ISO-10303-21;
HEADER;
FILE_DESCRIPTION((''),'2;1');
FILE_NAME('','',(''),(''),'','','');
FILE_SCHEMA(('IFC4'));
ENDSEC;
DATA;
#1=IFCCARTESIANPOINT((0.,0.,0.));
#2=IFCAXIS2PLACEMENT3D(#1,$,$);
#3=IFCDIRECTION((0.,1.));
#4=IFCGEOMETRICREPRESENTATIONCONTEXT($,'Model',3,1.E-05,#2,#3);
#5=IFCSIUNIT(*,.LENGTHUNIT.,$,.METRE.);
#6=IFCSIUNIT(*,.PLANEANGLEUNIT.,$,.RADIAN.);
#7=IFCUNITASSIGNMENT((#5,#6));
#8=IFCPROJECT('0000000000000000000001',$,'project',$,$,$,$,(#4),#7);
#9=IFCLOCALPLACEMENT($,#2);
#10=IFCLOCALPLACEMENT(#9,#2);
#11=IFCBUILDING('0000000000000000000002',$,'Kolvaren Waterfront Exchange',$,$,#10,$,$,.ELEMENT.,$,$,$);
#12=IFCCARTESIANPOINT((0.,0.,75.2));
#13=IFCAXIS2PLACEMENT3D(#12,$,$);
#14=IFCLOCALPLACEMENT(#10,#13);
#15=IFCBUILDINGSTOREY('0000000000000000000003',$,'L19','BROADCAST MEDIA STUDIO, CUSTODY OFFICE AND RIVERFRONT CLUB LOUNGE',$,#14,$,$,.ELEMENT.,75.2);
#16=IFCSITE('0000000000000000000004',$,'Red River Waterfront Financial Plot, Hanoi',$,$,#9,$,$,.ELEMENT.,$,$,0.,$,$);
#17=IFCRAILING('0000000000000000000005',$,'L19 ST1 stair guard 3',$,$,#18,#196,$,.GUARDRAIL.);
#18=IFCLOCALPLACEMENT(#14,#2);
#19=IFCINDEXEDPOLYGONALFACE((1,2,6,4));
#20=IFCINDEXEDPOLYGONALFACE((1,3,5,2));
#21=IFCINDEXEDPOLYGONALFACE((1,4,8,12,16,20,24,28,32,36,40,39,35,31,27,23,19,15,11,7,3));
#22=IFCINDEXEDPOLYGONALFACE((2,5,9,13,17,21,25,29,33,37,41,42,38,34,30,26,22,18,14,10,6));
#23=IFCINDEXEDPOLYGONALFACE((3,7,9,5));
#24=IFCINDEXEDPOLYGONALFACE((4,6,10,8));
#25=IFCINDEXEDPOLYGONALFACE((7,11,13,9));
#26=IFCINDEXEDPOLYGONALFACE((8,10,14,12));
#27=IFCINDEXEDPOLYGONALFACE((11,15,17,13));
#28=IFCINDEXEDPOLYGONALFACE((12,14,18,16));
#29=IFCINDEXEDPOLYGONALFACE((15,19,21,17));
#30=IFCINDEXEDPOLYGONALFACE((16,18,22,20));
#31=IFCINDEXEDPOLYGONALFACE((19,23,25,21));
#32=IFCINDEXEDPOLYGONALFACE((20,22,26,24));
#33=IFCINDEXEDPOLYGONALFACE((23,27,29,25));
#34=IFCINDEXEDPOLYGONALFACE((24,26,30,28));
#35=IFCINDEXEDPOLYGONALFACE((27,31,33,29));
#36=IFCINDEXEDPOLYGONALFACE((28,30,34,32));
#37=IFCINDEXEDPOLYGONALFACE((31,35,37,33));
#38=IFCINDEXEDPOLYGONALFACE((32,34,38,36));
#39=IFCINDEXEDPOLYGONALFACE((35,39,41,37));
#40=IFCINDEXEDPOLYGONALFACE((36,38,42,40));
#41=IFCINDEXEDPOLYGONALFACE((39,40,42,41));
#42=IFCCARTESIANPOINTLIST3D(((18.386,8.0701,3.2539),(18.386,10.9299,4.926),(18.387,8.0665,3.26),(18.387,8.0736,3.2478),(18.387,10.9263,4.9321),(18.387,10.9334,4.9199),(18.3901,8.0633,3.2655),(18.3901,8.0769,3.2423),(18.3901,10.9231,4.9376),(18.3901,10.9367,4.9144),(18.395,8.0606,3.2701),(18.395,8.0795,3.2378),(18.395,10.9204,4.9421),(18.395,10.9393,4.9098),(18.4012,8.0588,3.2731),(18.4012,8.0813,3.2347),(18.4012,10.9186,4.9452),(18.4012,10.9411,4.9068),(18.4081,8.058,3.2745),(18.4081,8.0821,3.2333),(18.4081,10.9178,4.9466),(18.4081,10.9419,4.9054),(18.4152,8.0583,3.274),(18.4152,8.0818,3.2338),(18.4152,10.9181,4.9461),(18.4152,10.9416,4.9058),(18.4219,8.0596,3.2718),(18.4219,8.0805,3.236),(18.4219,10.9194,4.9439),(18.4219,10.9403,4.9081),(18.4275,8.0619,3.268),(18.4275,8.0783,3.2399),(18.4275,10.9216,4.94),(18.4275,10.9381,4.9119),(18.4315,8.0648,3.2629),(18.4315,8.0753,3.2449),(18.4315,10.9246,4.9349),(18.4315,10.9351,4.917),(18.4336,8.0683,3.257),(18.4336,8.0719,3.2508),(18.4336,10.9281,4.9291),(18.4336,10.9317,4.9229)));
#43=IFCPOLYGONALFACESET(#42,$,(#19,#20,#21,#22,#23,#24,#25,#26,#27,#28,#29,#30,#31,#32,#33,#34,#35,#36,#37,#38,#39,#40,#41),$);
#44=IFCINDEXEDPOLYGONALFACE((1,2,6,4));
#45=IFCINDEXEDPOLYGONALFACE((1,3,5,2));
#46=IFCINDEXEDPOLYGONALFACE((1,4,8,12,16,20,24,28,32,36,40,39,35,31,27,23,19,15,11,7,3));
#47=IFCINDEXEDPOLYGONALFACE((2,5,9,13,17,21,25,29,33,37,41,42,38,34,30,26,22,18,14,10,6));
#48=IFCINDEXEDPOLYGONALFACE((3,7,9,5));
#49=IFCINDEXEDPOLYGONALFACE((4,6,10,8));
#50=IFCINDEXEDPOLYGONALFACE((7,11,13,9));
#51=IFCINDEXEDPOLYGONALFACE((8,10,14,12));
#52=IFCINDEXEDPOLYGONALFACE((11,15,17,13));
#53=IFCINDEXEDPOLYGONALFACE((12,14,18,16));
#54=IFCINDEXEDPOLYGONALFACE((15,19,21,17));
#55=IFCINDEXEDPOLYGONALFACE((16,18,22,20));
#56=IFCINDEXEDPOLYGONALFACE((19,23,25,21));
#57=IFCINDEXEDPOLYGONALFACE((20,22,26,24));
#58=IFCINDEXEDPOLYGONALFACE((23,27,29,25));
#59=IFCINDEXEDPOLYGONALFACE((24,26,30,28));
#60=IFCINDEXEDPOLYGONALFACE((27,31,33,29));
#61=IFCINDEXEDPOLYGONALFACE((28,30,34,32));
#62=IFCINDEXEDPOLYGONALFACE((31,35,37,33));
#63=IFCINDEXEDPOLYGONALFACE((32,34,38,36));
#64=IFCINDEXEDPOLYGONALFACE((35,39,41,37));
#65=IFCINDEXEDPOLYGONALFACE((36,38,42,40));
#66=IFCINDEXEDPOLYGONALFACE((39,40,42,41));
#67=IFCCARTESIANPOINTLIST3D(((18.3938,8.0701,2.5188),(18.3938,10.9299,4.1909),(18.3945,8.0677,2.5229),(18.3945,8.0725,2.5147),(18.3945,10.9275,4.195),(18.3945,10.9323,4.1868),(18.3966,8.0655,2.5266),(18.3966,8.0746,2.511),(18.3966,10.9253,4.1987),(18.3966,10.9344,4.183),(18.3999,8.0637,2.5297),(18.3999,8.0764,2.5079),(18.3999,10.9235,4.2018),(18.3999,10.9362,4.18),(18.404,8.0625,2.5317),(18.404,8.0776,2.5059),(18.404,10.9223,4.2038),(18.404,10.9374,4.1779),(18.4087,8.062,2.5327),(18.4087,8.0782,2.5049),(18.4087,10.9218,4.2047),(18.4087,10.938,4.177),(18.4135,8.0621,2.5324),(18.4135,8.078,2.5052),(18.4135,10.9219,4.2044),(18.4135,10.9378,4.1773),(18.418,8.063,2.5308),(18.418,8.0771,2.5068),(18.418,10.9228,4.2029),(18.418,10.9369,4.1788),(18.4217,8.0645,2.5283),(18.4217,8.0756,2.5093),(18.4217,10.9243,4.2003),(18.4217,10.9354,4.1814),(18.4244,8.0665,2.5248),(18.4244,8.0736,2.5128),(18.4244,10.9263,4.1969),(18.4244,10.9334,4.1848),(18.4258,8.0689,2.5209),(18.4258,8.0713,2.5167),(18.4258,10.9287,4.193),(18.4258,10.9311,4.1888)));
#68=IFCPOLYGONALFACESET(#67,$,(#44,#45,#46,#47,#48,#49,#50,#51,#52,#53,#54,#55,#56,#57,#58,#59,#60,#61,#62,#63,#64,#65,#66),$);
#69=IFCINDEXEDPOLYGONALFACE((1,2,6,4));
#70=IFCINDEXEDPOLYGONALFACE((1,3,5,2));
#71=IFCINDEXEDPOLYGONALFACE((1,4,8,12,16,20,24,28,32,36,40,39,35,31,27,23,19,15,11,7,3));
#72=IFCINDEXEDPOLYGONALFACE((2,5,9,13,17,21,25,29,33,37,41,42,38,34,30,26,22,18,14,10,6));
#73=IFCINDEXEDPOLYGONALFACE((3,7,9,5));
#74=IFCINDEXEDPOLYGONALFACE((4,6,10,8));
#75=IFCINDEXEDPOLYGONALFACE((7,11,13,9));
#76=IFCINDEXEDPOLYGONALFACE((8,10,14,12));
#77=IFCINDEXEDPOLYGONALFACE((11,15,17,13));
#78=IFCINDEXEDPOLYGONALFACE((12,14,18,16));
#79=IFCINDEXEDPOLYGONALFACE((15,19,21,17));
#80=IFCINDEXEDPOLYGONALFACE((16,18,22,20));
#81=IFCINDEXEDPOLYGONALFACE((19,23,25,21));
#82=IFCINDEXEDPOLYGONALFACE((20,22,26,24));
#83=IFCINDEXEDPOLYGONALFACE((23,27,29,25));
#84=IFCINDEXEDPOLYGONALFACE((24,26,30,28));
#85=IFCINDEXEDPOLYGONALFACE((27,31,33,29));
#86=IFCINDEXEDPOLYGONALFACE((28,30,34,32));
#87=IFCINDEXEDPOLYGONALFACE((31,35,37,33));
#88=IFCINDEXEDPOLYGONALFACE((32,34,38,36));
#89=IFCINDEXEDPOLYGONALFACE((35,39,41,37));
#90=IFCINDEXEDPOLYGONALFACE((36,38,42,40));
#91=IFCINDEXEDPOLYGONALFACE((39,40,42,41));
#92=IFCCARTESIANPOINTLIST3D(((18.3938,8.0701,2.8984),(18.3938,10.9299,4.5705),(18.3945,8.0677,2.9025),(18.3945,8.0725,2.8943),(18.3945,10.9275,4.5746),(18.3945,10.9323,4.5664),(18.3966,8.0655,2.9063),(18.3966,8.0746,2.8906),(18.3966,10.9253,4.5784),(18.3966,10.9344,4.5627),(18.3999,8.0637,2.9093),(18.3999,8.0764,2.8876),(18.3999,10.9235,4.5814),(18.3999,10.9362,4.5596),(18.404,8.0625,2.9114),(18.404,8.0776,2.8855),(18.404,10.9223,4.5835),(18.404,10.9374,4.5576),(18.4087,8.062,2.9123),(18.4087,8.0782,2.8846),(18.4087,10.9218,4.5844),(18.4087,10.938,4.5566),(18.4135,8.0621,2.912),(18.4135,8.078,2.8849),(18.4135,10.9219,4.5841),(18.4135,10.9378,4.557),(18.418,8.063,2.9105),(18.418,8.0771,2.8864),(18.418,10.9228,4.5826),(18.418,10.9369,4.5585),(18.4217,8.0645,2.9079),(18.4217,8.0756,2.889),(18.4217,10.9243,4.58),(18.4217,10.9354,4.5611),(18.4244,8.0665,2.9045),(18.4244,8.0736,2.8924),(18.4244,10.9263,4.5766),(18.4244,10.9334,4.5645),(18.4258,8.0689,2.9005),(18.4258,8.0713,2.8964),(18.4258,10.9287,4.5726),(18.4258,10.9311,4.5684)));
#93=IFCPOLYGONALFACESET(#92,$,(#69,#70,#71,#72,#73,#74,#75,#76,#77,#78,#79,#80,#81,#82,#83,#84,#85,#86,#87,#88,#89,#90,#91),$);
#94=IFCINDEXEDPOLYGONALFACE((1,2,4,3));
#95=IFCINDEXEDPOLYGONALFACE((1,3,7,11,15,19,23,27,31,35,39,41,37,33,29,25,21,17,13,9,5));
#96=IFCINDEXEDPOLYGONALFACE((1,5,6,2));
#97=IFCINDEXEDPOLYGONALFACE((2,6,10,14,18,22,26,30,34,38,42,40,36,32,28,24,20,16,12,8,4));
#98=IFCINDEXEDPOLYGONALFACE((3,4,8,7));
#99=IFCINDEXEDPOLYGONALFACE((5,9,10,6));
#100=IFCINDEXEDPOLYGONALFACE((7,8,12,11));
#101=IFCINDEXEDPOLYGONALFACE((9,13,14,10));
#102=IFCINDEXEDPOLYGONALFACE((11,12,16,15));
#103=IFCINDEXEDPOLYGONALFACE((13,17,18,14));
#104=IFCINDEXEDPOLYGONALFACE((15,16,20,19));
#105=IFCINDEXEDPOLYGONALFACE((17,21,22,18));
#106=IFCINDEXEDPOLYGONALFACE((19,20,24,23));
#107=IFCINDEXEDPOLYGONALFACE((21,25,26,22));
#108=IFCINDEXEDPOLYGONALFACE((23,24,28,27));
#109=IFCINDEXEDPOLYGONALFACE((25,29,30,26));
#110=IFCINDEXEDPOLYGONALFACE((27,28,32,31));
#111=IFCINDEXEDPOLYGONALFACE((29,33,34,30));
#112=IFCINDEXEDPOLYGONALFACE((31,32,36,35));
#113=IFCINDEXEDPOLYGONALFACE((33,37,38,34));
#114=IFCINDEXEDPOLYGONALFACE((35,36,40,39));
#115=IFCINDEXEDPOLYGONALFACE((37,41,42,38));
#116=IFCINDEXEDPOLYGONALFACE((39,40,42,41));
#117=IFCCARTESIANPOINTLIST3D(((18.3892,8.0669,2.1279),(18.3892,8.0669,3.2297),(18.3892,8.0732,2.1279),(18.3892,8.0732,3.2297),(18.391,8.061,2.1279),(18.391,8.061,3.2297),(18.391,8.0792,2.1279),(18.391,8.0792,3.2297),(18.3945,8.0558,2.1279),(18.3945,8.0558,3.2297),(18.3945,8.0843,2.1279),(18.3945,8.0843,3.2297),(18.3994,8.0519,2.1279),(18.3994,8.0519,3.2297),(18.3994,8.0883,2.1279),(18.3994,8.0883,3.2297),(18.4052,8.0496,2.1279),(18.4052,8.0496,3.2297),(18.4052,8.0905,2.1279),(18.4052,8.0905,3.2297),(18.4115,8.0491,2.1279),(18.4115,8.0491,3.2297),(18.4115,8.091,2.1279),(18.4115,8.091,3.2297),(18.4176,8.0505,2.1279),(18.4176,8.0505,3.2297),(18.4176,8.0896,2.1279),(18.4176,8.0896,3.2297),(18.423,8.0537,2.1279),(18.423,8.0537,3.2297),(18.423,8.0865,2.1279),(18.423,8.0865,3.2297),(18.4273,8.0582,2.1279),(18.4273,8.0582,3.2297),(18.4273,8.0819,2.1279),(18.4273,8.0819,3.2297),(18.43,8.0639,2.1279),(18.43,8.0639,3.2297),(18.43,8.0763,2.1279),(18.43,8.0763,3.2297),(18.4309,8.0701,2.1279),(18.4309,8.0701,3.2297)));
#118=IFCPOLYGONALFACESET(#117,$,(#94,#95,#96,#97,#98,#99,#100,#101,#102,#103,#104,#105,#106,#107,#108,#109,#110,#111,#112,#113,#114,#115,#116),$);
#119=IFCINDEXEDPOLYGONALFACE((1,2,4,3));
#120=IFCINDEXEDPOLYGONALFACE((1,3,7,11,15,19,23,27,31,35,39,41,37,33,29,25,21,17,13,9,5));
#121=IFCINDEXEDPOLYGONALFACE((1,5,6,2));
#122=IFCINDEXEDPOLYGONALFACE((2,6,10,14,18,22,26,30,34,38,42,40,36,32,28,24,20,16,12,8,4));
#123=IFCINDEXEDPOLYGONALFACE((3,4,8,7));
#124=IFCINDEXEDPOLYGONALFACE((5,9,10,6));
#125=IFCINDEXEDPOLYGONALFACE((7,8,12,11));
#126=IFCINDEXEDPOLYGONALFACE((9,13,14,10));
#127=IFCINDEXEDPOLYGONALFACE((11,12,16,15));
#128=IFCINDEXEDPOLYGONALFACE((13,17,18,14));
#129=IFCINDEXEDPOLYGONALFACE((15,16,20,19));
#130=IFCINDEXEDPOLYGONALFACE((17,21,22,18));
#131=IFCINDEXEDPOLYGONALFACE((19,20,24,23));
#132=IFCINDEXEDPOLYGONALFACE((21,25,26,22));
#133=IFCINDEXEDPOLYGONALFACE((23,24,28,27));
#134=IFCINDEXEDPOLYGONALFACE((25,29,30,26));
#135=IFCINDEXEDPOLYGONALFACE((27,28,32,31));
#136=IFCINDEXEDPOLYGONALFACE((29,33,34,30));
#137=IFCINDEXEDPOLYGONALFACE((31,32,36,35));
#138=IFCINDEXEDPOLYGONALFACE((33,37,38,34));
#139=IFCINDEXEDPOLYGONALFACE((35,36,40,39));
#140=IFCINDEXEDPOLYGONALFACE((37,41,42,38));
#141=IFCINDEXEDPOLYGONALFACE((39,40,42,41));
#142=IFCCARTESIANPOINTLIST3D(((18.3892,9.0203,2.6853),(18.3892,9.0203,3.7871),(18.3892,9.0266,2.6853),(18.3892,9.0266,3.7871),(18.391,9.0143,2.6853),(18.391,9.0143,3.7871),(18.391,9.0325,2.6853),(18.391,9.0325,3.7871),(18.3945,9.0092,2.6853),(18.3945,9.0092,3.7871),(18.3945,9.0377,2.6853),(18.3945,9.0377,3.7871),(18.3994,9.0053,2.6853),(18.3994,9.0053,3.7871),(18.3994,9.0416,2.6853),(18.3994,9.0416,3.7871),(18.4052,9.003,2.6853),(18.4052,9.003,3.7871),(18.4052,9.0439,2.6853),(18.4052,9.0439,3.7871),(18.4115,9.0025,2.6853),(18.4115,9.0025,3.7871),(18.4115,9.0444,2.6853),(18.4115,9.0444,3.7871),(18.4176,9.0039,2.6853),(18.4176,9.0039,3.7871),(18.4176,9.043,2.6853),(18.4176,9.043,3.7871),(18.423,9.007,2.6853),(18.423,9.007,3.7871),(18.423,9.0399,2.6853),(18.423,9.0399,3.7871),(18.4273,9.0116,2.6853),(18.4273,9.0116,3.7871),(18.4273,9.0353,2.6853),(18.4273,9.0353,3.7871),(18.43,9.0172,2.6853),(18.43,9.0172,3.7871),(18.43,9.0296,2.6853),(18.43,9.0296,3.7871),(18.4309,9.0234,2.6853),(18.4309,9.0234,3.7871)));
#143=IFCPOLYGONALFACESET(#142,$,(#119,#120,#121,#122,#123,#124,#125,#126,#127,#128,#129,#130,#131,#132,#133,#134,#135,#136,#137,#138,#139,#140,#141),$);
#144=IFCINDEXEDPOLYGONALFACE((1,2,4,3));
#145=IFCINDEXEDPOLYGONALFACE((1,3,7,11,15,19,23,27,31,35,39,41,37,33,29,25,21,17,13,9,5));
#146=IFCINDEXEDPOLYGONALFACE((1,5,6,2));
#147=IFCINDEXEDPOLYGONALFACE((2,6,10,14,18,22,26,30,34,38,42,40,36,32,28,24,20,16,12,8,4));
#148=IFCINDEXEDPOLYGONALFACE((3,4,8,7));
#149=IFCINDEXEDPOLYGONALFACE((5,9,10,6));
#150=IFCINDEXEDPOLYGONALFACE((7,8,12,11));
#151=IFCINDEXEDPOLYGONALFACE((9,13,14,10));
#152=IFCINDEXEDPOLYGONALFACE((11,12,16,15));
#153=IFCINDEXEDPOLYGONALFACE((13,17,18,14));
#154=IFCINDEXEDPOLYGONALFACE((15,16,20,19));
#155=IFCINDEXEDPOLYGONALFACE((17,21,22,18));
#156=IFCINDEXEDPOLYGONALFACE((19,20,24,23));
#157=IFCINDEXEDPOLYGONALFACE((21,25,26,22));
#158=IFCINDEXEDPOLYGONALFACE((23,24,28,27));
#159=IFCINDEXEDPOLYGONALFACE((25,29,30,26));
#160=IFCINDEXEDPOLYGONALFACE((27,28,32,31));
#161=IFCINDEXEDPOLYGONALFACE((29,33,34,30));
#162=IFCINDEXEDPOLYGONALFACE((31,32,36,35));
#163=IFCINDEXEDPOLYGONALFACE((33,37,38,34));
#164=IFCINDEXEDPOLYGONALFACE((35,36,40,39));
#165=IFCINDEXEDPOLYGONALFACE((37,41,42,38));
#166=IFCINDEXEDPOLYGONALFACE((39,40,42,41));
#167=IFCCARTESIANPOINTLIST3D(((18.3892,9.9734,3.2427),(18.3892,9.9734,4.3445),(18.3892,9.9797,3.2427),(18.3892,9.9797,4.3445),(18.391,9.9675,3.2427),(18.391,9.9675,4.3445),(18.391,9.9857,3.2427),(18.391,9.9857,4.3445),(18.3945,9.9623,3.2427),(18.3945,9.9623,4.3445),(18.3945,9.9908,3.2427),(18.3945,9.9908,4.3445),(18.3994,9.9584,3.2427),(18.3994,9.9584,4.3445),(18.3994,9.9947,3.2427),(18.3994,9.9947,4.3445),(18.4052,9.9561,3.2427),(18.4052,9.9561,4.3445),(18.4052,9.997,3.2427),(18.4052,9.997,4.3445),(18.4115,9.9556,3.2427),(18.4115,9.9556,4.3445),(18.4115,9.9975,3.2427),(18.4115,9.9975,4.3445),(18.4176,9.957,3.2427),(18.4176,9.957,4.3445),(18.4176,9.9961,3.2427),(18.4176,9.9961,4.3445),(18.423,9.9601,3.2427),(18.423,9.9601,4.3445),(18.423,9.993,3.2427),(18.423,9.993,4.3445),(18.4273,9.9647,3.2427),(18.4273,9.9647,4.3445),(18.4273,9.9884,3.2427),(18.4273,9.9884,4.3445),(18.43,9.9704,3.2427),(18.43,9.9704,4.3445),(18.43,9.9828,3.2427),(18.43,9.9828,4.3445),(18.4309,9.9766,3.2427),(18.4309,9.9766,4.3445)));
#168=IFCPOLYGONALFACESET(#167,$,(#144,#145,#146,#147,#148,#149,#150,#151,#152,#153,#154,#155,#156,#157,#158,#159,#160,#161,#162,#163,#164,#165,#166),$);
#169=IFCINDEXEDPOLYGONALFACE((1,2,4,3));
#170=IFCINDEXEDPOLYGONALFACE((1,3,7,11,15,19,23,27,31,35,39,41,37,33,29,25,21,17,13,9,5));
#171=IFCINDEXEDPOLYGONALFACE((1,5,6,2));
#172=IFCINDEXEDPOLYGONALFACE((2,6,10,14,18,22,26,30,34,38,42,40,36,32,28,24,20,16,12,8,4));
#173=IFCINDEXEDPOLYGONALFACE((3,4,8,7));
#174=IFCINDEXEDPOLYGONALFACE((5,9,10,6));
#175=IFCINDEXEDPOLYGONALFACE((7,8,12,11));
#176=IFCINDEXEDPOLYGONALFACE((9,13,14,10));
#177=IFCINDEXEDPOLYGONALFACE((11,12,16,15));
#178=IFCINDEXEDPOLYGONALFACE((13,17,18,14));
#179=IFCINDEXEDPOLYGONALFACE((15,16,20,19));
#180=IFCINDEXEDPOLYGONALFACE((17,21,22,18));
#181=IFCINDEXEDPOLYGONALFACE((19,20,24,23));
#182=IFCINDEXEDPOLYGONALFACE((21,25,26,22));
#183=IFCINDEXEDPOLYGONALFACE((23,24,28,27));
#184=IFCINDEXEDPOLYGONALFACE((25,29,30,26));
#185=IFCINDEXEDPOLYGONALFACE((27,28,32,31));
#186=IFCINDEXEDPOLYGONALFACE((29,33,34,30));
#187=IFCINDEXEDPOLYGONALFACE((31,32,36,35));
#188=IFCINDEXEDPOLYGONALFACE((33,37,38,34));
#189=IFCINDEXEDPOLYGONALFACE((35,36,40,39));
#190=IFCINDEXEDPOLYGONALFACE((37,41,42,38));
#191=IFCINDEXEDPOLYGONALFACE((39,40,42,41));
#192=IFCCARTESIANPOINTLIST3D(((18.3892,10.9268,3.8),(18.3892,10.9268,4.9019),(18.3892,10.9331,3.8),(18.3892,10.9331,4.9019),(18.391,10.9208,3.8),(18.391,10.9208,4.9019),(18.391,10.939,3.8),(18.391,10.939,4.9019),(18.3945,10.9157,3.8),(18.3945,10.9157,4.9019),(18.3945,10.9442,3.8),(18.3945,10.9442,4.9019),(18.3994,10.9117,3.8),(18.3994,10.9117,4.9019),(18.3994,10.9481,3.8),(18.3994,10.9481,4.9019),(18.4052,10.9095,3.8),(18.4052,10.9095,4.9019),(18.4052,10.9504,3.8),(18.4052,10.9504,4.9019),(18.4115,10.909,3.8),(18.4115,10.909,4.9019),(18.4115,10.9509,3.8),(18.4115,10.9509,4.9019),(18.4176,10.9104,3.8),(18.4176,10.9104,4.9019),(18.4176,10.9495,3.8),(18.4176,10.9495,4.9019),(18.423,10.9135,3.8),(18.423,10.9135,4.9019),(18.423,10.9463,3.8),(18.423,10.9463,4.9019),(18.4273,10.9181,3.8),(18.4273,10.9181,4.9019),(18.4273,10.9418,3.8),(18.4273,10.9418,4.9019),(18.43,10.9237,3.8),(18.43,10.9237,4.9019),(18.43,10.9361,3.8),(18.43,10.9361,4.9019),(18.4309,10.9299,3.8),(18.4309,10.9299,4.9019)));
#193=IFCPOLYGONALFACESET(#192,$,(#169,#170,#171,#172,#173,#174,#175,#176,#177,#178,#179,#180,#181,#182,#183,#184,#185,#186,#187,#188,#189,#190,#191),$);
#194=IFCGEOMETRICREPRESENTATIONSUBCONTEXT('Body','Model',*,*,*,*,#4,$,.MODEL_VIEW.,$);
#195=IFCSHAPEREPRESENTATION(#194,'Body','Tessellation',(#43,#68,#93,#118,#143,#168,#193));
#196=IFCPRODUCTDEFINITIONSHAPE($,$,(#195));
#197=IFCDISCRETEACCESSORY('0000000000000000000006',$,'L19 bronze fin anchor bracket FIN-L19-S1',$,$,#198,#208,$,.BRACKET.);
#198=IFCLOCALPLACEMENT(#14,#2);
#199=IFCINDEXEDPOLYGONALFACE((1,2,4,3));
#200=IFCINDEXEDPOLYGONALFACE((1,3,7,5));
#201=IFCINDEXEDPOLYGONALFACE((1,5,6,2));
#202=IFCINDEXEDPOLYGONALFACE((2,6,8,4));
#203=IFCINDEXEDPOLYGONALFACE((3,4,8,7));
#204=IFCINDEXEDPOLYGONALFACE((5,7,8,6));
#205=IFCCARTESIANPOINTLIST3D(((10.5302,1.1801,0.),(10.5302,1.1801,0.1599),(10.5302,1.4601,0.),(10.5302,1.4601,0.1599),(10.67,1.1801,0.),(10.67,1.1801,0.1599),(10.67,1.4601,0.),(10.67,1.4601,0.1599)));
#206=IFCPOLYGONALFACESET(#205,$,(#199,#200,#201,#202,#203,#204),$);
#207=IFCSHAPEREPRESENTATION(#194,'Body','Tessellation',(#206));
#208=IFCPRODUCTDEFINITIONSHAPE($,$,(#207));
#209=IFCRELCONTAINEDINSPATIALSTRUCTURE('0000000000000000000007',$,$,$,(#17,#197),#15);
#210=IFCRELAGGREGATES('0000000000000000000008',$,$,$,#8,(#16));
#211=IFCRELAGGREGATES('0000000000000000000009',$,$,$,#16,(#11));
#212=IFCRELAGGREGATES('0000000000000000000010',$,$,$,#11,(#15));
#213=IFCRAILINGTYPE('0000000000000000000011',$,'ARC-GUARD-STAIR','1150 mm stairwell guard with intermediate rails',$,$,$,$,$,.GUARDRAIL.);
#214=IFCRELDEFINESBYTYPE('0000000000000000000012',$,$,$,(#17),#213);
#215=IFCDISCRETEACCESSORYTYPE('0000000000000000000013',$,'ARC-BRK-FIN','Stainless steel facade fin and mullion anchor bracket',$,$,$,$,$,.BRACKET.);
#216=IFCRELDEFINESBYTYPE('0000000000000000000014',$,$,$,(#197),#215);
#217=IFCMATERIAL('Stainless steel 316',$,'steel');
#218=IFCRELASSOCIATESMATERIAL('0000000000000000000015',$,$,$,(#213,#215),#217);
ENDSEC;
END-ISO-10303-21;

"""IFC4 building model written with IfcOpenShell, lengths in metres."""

from ifc_helpers import new_model, si_unit, direction, frame, origin, origin_with_axes, origin_2d, place, context, subcontext, project, spatial, rectangle, circle, extrude, source, transform, mapped, material, type_object, element, save


model = new_model("IFC4")

# Units and contexts
model_context = context("Model", 3, precision=1e-05, world=origin(), true_north=direction((0.0, 1.0)))
body_context = subcontext(model_context, "Body", "Model", "MODEL_VIEW")
ifc_project = project(units=[si_unit("LENGTHUNIT", "METRE"), si_unit("PLANEANGLEUNIT", "RADIAN")], contexts=[model_context])

# Site, building, storey
site_placement = place(None, origin())
site = spatial("IfcSite", under=ifc_project, at=site_placement, Name="Red River Waterfront Financial Plot, Hanoi", CompositionType="ELEMENT", RefElevation=0.0)
building_placement = place(site_placement, origin())
building = spatial("IfcBuilding", under=site, at=building_placement, Name="Kolvaren Waterfront Exchange", CompositionType="ELEMENT")
storey_placement = place(building_placement, frame((0.0, 0.0, 75.2)))
storey = spatial("IfcBuildingStorey", under=building, at=storey_placement, Name="L19", Description="BROADCAST MEDIA STUDIO, CUSTODY OFFICE AND RIVERFRONT CLUB LOUNGE", CompositionType="ELEMENT", Elevation=75.2)

# Railing
ifc_material_1 = material(Name="Stainless steel 316", Category="steel")
railing_type = type_object("IfcRailingType", Name="ARC-GUARD-STAIR", Description="1150 mm stairwell guard with intermediate rails", PredefinedType="GUARDRAIL", material=ifc_material_1)
railing_1_placement = place(storey_placement, frame((18.4099, 8.0701, 2.1279)))
element("IfcRailing", 1, at=railing_1_placement, inside=storey, type_object=railing_type, Name="L19 ST1 stair guard 3", PredefinedType="GUARDRAIL", context=body_context, shape_type="SweptSolid", body=[
    extrude(circle(Radius=0.0239, at=origin_2d()), frame((0.0, 0.0, 1.126), z_axis=(0.0, 0.863271, 0.504741), x_axis=(-1.0, 0.0, 0.0)), (0.0, 0.0, 1.0), 3.3127),
    extrude(circle(Radius=0.0161, at=origin_2d()), frame((0.0, 0.0, 0.3909), z_axis=(0.0, 0.863271, 0.504741), x_axis=(-1.0, 0.0, 0.0)), (0.0, 0.0, 1.0), 3.3127),
    extrude(circle(Radius=0.0161, at=origin_2d()), frame((0.0, 0.0, 0.7705), z_axis=(0.0, 0.863271, 0.504741), x_axis=(-1.0, 0.0, 0.0)), (0.0, 0.0, 1.0), 3.3127),
    extrude(circle(Radius=0.021, at=origin_2d()), origin(), (0.0, 0.0, 1.0), 1.1018),
    extrude(circle(Radius=0.021, at=origin_2d()), frame((0.0, 0.9534, 0.5574)), (0.0, 0.0, 1.0), 1.1018),
    extrude(circle(Radius=0.021, at=origin_2d()), frame((0.0, 1.9065, 1.1147)), (0.0, 0.0, 1.0), 1.1018),
    extrude(circle(Radius=0.021, at=origin_2d()), frame((0.0, 2.8599, 1.6721)), (0.0, 0.0, 1.0), 1.1018),
])

# Discrete accessory
discrete_accessory_type = type_object("IfcDiscreteAccessoryType", Name="ARC-BRK-FIN", Description="Stainless steel facade fin and mullion anchor bracket", PredefinedType="BRACKET", material=ifc_material_1)
shared_shape_1 = source(origin_with_axes(), body_context, "Body", "SweptSolid", [
    extrude(rectangle(XDim=0.28, YDim=0.1399, at=origin_2d()), origin(), (0.0, 0.0, 1.0), 0.1599),
])
for number, where, z_axis, x_axis, name in (
    (2, (10.6001, 1.3201, 0.0), (0.0, 0.0, 1.0), (0.0, -1.0, 0.0), "L19 bronze fin anchor bracket FIN-L19-S1"),
):
    element("IfcDiscreteAccessory", number, at=place(storey_placement, frame(where, z_axis=z_axis, x_axis=x_axis)), inside=storey, type_object=discrete_accessory_type, Name=name, PredefinedType="BRACKET", context=body_context, shape_type="MappedRepresentation", body=[
        mapped(shared_shape_1, transform((0.0, 0.0, 0.0), x_axis=(1.0, 0.0, 0.0), y_axis=(0.0, 1.0, 0.0), z_axis=(0.0, 0.0, 1.0), scale=1.0)),
    ])

save(model, "model.ifc")
